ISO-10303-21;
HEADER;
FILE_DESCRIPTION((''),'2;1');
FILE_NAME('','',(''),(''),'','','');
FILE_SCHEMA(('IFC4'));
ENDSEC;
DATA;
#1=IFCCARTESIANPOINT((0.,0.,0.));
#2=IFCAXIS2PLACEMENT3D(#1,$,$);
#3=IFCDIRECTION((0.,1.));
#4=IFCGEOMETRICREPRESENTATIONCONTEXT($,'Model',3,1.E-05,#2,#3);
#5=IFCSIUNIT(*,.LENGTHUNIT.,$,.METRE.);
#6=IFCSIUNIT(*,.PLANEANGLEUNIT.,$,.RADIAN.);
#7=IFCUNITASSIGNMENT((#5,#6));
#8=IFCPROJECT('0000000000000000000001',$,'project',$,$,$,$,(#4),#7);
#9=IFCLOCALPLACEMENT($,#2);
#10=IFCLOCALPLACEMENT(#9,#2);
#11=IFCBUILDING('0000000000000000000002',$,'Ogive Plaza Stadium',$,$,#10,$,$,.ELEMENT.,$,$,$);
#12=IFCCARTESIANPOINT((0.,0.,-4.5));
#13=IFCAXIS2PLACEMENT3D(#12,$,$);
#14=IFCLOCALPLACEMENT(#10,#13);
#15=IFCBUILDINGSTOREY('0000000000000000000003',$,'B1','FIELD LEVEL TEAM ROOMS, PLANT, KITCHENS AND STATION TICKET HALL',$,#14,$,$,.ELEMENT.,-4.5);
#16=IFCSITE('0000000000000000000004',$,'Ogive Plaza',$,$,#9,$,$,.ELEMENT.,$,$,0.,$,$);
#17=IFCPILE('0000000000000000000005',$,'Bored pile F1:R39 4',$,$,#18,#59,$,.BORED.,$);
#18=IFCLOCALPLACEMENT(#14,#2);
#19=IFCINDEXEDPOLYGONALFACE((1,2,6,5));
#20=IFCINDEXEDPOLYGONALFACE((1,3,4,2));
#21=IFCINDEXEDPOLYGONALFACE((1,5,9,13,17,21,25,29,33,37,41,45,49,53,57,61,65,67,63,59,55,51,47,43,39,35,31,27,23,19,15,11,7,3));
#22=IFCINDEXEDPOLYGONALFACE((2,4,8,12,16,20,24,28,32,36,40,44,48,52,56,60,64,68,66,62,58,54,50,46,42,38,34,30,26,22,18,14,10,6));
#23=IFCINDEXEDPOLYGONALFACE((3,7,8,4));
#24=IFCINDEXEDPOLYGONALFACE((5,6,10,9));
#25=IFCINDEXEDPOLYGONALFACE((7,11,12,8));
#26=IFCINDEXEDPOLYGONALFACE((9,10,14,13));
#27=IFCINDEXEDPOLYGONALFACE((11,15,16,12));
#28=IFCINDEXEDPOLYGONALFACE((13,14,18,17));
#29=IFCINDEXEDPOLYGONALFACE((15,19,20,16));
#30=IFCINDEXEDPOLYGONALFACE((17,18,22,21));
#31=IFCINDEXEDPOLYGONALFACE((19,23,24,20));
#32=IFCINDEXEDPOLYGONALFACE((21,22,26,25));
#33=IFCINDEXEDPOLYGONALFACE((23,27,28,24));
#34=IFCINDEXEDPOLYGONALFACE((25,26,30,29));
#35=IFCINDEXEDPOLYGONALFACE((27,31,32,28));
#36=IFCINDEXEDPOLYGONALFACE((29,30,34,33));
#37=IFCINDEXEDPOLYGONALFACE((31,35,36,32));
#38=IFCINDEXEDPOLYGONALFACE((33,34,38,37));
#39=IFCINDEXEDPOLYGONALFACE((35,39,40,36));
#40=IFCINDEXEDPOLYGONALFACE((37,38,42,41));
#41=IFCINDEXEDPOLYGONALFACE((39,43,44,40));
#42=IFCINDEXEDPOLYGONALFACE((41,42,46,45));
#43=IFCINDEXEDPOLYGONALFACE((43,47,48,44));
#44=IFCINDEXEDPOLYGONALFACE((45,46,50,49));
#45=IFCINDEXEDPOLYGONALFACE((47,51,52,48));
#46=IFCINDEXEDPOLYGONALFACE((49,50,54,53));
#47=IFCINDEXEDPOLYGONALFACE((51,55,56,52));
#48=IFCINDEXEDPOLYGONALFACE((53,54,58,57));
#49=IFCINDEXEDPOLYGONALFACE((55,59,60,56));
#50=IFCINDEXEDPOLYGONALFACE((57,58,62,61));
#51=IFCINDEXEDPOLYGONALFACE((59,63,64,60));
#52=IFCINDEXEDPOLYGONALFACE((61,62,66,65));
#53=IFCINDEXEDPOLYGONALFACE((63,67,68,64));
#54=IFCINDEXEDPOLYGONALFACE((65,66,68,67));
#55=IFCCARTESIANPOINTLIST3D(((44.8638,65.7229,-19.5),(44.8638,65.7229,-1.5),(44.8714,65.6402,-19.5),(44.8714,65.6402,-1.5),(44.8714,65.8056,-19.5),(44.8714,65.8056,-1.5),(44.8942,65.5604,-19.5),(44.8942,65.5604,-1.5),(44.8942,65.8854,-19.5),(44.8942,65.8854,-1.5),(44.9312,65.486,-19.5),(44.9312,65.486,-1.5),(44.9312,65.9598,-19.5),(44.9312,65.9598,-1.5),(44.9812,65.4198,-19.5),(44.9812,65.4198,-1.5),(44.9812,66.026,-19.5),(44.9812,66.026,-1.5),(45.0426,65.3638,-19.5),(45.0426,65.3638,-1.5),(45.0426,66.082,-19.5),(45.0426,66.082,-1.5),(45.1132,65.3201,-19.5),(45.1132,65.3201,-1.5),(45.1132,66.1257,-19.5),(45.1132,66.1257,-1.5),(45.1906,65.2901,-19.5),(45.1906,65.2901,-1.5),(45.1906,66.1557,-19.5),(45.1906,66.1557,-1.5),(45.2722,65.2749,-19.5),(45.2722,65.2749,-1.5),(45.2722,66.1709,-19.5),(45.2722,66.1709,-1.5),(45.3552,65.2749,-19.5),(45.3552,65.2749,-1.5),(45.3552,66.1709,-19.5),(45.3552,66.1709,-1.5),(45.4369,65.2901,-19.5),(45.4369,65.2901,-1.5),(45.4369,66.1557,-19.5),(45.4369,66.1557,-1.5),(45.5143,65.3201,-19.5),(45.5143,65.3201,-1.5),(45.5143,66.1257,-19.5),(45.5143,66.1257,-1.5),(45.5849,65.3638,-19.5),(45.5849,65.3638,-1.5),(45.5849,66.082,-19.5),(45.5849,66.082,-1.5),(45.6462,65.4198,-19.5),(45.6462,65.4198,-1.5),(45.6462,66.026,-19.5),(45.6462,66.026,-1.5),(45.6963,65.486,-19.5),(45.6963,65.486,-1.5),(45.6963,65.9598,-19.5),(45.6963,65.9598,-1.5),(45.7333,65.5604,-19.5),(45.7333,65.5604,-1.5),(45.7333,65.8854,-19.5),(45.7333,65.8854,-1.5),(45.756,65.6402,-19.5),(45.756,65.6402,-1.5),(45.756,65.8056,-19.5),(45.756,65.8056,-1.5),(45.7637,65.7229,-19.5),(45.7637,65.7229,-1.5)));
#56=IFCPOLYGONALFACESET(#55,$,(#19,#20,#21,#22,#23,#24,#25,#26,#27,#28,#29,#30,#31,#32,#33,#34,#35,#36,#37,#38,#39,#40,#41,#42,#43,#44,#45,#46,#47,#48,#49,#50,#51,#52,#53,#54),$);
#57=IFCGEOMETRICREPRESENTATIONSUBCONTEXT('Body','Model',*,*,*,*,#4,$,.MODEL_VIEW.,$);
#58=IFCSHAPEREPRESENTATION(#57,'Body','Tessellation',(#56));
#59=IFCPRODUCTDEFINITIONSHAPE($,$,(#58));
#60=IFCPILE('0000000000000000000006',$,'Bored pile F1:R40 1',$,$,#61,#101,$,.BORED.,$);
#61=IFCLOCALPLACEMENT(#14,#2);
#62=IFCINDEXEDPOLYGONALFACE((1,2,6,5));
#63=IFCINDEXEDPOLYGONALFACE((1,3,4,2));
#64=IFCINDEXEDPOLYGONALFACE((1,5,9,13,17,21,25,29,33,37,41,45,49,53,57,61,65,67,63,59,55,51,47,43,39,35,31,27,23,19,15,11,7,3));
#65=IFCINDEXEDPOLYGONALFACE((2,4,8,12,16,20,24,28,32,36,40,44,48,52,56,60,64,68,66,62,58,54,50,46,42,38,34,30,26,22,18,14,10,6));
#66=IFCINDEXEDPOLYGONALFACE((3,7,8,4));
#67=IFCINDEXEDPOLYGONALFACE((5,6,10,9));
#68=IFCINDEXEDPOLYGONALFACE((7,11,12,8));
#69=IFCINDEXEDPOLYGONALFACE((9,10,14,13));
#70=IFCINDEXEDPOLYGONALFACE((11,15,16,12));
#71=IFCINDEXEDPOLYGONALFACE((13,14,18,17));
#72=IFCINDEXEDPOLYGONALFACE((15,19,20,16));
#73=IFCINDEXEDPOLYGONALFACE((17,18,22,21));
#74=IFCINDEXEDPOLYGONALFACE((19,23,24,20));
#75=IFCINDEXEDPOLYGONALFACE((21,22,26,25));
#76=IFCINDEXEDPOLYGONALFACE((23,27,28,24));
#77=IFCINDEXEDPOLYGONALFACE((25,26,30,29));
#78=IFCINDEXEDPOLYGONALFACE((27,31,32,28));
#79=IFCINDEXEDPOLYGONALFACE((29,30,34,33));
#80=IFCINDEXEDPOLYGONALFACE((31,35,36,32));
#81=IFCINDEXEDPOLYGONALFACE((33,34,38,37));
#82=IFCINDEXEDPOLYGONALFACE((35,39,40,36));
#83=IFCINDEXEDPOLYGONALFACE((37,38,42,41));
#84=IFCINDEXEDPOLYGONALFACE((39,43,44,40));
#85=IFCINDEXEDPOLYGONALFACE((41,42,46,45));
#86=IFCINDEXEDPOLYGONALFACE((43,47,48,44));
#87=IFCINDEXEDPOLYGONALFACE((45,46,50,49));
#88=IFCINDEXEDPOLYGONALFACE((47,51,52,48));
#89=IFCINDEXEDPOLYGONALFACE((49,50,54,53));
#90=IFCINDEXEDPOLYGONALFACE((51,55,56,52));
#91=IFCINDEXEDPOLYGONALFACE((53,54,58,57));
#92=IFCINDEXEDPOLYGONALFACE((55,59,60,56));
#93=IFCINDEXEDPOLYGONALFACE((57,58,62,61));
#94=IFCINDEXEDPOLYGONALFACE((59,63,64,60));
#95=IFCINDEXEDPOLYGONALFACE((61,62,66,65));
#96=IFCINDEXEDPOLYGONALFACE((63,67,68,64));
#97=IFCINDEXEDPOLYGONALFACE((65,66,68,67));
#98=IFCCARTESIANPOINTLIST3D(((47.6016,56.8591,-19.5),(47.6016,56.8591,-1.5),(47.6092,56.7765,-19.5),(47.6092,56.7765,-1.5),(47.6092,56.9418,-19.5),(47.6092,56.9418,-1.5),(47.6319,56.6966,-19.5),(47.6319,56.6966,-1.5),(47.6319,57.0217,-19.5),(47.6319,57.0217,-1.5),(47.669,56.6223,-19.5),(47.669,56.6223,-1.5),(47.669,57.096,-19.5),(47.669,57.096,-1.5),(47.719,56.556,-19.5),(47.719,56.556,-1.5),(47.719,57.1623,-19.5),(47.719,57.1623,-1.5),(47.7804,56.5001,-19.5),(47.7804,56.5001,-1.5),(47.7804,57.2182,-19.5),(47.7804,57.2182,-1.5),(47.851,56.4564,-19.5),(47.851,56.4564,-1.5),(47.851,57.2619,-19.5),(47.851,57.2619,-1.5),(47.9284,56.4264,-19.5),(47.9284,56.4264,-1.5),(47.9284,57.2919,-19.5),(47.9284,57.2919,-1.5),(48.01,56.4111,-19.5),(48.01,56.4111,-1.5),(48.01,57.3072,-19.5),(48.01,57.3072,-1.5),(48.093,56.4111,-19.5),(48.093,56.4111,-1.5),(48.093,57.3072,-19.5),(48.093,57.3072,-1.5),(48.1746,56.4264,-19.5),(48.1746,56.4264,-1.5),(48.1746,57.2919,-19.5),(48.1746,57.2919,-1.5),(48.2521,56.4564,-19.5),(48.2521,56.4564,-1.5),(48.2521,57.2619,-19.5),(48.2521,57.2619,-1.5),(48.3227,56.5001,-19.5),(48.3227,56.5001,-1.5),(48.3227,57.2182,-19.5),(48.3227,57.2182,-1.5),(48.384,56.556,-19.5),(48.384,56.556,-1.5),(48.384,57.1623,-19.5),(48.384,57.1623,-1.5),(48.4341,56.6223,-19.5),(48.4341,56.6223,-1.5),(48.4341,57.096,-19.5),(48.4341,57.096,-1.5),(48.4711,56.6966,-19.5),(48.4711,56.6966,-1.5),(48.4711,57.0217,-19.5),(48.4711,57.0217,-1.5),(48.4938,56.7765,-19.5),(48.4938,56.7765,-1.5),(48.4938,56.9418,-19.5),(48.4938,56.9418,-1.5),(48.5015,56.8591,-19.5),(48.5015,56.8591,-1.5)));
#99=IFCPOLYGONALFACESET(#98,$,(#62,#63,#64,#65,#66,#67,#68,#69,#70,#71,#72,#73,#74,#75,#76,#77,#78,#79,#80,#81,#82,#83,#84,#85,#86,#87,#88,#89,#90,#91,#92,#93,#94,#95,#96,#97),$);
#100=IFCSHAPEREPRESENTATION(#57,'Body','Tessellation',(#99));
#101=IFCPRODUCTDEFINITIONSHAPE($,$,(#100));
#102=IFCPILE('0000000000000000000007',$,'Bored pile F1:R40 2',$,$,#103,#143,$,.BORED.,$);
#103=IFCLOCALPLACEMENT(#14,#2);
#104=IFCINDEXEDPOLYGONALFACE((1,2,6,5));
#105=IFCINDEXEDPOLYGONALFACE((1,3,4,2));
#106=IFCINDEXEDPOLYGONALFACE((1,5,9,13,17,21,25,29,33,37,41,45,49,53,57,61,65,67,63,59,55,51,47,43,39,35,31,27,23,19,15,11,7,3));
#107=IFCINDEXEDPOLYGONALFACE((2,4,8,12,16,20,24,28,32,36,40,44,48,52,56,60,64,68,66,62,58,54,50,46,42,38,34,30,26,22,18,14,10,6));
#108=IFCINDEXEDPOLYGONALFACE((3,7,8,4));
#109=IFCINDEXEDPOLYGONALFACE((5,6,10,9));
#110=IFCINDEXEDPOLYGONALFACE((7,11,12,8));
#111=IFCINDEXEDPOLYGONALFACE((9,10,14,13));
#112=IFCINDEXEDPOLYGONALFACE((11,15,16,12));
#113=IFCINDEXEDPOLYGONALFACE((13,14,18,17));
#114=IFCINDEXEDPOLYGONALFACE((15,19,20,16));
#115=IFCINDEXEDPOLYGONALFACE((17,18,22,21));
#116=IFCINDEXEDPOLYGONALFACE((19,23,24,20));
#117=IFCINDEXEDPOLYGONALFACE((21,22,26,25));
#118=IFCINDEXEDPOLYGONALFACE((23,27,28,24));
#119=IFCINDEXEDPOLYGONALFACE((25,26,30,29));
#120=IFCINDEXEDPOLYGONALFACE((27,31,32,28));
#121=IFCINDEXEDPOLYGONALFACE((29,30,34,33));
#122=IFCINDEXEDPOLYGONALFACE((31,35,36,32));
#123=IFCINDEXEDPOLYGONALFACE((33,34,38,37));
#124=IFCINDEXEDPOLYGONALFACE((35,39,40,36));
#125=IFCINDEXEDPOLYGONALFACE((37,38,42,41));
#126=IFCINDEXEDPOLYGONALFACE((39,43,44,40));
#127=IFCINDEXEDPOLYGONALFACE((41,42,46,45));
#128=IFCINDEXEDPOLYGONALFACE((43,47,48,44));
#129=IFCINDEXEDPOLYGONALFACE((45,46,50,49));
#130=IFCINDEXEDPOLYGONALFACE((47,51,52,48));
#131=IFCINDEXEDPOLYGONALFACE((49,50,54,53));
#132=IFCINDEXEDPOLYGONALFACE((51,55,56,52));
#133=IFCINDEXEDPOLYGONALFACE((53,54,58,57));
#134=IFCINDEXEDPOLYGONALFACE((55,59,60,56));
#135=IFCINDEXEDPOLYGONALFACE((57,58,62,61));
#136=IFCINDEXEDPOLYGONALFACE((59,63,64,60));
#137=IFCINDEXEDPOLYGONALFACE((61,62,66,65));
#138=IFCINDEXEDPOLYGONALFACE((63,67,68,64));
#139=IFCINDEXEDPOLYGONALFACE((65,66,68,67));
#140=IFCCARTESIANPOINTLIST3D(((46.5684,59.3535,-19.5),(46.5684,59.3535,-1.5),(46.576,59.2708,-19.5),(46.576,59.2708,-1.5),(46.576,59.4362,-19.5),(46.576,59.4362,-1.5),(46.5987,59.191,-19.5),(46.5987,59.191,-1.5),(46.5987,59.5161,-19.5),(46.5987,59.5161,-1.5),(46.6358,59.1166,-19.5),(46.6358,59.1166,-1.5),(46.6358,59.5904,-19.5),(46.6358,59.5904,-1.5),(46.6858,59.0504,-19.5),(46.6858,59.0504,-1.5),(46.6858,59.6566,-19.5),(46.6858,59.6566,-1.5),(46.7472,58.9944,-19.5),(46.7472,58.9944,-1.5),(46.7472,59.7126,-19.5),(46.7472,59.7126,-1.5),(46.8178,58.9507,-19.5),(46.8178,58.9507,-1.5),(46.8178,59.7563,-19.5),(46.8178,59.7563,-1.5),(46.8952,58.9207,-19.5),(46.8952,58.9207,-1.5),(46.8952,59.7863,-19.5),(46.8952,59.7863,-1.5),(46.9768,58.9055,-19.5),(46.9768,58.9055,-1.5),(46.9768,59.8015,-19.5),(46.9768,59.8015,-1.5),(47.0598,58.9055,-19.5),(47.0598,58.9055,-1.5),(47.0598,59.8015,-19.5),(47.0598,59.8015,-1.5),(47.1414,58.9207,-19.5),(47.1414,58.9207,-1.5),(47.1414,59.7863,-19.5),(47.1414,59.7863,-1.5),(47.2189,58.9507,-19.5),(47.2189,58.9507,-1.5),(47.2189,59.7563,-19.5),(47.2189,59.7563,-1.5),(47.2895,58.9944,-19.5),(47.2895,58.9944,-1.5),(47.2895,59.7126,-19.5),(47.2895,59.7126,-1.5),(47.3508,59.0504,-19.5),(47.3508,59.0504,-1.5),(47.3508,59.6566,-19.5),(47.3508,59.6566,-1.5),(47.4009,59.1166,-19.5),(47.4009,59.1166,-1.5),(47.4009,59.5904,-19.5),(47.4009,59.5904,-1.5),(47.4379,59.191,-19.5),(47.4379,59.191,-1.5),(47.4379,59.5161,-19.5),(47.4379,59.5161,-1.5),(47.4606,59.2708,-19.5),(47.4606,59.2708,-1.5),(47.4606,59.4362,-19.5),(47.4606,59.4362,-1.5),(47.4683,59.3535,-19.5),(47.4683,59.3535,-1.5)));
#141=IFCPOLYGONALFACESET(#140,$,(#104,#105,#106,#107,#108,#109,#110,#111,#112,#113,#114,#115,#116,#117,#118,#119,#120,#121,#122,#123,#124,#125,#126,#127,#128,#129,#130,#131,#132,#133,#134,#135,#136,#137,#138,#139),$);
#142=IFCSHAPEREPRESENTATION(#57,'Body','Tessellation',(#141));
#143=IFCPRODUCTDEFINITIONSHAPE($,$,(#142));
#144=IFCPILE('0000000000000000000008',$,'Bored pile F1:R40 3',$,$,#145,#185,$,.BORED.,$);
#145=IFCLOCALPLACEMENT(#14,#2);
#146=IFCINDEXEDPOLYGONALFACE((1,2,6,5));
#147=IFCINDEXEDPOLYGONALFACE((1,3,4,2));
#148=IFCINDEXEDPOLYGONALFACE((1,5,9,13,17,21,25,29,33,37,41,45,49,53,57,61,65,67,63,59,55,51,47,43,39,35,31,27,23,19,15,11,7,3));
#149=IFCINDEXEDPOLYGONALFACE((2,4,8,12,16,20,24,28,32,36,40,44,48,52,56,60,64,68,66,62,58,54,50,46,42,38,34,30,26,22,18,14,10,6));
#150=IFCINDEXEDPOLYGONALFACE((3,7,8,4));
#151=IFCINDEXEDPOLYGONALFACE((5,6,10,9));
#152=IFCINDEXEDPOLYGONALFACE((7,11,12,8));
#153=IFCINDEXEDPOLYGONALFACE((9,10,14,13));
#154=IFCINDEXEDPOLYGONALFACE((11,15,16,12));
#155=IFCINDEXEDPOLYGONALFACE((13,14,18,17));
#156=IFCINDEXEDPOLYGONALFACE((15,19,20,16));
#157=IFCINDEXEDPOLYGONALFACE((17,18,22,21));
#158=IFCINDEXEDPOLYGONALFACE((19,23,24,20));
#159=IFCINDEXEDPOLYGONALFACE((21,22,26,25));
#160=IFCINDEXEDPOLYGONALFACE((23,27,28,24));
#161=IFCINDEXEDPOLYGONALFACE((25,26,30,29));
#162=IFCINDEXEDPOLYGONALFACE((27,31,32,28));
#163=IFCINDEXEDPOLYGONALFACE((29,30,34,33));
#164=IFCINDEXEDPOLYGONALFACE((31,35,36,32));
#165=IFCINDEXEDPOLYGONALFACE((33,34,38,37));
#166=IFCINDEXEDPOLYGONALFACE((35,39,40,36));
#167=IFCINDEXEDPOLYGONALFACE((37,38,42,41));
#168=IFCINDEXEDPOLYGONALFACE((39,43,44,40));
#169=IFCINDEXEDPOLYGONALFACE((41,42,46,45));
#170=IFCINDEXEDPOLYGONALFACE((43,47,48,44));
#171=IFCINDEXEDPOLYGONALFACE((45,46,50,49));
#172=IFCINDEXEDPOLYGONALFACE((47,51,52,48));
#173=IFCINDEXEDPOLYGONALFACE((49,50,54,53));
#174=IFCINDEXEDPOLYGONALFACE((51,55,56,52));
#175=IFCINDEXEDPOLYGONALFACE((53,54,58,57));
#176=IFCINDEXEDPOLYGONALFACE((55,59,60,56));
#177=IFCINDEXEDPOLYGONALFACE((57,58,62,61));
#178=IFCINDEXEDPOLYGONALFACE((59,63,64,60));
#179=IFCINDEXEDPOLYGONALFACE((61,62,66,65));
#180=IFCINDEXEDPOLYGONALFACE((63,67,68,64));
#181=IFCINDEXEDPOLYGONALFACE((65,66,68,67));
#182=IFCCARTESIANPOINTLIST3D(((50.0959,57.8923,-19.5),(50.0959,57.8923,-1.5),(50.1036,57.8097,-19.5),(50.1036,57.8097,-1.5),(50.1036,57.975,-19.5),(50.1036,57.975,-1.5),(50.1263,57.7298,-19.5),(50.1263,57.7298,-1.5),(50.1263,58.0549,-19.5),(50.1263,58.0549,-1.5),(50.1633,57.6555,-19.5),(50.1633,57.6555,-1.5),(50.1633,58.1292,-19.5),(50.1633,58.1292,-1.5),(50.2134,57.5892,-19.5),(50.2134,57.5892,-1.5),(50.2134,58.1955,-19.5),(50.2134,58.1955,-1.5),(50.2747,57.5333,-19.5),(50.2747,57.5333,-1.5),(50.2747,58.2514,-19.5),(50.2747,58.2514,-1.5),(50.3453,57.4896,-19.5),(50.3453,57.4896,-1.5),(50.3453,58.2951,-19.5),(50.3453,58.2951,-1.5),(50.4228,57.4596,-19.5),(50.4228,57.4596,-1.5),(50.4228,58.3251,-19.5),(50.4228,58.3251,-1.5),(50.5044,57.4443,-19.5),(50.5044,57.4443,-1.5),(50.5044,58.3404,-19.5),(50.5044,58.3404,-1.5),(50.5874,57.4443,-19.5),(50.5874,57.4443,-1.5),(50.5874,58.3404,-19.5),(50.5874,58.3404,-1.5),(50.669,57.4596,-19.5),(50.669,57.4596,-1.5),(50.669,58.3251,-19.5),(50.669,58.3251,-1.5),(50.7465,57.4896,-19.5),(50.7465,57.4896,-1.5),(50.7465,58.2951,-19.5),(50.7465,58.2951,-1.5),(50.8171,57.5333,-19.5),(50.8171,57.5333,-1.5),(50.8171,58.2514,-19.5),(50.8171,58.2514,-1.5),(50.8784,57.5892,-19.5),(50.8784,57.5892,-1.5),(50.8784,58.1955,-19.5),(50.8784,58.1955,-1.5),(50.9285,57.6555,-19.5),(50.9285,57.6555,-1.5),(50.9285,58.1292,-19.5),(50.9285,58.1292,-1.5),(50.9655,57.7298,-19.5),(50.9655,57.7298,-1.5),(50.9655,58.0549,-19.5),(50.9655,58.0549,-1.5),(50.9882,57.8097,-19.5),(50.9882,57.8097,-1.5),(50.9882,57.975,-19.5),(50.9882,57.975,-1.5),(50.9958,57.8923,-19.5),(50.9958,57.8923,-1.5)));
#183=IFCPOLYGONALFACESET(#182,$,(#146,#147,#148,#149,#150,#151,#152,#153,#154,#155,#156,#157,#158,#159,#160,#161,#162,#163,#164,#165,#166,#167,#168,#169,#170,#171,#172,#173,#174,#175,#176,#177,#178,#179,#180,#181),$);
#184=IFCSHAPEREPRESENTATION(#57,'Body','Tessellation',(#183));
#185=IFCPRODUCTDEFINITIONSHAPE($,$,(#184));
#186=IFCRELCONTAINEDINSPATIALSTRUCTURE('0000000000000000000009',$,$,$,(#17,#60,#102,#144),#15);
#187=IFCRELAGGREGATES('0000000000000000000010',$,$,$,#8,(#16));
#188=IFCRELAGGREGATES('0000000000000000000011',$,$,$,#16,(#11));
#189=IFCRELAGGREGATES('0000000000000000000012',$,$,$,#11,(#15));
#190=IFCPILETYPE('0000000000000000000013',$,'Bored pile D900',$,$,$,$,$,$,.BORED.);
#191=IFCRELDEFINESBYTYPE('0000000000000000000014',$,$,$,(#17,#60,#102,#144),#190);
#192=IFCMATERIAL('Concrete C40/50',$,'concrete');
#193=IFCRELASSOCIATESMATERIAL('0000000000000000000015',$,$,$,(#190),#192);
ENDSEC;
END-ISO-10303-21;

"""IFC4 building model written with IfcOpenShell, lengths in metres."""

from ifc_helpers import new_model, si_unit, direction, frame, origin, origin_2d, place, context, subcontext, project, spatial, circle, extrude, material, material_profile, profile_set, type_object, element, save


model = new_model("IFC4")

# Units and contexts
model_context = context("Model", 3, precision=1e-05, world=origin(), true_north=direction((0.0, 1.0)))
body_context = subcontext(model_context, "Body", "Model", "MODEL_VIEW")
ifc_project = project(units=[si_unit("LENGTHUNIT", "METRE"), si_unit("PLANEANGLEUNIT", "RADIAN")], contexts=[model_context])

# Site, building, storey
site_placement = place(None, origin())
site = spatial("IfcSite", under=ifc_project, at=site_placement, Name="Ogive Plaza", CompositionType="ELEMENT", RefElevation=0.0)
building_placement = place(site_placement, origin())
building = spatial("IfcBuilding", under=site, at=building_placement, Name="Ogive Plaza Stadium", CompositionType="ELEMENT")
storey_placement = place(building_placement, frame((0.0, 0.0, -4.5)))
storey = spatial("IfcBuildingStorey", under=building, at=storey_placement, Name="B1", Description="FIELD LEVEL TEAM ROOMS, PLANT, KITCHENS AND STATION TICKET HALL", CompositionType="ELEMENT", Elevation=-4.5)

# Piles
ifc_material_1 = material(Name="Concrete C40/50", Category="concrete")
ifc_material_profile_1 = material_profile(ifc_material_1, circle(Radius=0.45, at=origin_2d()), Name="RC D900")
ifc_profile_set_1 = profile_set([ifc_material_profile_1], Name="Concrete C40/50")
pile_type = type_object("IfcPileType", Name="Bored pile D900", PredefinedType="BORED", material=ifc_profile_set_1)
for number, where, z_axis, x_axis, name in (
    (1, (45.3137, 65.7229, -1.5), (0.0, 0.0, -1.0), (1.0, 0.0, 0.0), "Bored pile F1:R39 4"),
    (2, (48.0515, 56.8591, -1.5), (0.0, 0.0, -1.0), (1.0, 0.0, 0.0), "Bored pile F1:R40 1"),
    (3, (47.0183, 59.3535, -1.5), (0.0, 0.0, -1.0), (1.0, 0.0, 0.0), "Bored pile F1:R40 2"),
    (4, (50.5459, 57.8923, -1.5), (0.0, 0.0, -1.0), (1.0, 0.0, 0.0), "Bored pile F1:R40 3"),
):
    element("IfcPile", number, at=place(storey_placement, frame(where, z_axis=z_axis, x_axis=x_axis)), inside=storey, type_object=pile_type, Name=name, PredefinedType="BORED", context=body_context, shape_type="SweptSolid", body=[
        extrude(circle(Radius=0.45, at=origin_2d()), origin(), (0.0, 0.0, 1.0), 18.0),
    ])

save(model, "model.ifc")
